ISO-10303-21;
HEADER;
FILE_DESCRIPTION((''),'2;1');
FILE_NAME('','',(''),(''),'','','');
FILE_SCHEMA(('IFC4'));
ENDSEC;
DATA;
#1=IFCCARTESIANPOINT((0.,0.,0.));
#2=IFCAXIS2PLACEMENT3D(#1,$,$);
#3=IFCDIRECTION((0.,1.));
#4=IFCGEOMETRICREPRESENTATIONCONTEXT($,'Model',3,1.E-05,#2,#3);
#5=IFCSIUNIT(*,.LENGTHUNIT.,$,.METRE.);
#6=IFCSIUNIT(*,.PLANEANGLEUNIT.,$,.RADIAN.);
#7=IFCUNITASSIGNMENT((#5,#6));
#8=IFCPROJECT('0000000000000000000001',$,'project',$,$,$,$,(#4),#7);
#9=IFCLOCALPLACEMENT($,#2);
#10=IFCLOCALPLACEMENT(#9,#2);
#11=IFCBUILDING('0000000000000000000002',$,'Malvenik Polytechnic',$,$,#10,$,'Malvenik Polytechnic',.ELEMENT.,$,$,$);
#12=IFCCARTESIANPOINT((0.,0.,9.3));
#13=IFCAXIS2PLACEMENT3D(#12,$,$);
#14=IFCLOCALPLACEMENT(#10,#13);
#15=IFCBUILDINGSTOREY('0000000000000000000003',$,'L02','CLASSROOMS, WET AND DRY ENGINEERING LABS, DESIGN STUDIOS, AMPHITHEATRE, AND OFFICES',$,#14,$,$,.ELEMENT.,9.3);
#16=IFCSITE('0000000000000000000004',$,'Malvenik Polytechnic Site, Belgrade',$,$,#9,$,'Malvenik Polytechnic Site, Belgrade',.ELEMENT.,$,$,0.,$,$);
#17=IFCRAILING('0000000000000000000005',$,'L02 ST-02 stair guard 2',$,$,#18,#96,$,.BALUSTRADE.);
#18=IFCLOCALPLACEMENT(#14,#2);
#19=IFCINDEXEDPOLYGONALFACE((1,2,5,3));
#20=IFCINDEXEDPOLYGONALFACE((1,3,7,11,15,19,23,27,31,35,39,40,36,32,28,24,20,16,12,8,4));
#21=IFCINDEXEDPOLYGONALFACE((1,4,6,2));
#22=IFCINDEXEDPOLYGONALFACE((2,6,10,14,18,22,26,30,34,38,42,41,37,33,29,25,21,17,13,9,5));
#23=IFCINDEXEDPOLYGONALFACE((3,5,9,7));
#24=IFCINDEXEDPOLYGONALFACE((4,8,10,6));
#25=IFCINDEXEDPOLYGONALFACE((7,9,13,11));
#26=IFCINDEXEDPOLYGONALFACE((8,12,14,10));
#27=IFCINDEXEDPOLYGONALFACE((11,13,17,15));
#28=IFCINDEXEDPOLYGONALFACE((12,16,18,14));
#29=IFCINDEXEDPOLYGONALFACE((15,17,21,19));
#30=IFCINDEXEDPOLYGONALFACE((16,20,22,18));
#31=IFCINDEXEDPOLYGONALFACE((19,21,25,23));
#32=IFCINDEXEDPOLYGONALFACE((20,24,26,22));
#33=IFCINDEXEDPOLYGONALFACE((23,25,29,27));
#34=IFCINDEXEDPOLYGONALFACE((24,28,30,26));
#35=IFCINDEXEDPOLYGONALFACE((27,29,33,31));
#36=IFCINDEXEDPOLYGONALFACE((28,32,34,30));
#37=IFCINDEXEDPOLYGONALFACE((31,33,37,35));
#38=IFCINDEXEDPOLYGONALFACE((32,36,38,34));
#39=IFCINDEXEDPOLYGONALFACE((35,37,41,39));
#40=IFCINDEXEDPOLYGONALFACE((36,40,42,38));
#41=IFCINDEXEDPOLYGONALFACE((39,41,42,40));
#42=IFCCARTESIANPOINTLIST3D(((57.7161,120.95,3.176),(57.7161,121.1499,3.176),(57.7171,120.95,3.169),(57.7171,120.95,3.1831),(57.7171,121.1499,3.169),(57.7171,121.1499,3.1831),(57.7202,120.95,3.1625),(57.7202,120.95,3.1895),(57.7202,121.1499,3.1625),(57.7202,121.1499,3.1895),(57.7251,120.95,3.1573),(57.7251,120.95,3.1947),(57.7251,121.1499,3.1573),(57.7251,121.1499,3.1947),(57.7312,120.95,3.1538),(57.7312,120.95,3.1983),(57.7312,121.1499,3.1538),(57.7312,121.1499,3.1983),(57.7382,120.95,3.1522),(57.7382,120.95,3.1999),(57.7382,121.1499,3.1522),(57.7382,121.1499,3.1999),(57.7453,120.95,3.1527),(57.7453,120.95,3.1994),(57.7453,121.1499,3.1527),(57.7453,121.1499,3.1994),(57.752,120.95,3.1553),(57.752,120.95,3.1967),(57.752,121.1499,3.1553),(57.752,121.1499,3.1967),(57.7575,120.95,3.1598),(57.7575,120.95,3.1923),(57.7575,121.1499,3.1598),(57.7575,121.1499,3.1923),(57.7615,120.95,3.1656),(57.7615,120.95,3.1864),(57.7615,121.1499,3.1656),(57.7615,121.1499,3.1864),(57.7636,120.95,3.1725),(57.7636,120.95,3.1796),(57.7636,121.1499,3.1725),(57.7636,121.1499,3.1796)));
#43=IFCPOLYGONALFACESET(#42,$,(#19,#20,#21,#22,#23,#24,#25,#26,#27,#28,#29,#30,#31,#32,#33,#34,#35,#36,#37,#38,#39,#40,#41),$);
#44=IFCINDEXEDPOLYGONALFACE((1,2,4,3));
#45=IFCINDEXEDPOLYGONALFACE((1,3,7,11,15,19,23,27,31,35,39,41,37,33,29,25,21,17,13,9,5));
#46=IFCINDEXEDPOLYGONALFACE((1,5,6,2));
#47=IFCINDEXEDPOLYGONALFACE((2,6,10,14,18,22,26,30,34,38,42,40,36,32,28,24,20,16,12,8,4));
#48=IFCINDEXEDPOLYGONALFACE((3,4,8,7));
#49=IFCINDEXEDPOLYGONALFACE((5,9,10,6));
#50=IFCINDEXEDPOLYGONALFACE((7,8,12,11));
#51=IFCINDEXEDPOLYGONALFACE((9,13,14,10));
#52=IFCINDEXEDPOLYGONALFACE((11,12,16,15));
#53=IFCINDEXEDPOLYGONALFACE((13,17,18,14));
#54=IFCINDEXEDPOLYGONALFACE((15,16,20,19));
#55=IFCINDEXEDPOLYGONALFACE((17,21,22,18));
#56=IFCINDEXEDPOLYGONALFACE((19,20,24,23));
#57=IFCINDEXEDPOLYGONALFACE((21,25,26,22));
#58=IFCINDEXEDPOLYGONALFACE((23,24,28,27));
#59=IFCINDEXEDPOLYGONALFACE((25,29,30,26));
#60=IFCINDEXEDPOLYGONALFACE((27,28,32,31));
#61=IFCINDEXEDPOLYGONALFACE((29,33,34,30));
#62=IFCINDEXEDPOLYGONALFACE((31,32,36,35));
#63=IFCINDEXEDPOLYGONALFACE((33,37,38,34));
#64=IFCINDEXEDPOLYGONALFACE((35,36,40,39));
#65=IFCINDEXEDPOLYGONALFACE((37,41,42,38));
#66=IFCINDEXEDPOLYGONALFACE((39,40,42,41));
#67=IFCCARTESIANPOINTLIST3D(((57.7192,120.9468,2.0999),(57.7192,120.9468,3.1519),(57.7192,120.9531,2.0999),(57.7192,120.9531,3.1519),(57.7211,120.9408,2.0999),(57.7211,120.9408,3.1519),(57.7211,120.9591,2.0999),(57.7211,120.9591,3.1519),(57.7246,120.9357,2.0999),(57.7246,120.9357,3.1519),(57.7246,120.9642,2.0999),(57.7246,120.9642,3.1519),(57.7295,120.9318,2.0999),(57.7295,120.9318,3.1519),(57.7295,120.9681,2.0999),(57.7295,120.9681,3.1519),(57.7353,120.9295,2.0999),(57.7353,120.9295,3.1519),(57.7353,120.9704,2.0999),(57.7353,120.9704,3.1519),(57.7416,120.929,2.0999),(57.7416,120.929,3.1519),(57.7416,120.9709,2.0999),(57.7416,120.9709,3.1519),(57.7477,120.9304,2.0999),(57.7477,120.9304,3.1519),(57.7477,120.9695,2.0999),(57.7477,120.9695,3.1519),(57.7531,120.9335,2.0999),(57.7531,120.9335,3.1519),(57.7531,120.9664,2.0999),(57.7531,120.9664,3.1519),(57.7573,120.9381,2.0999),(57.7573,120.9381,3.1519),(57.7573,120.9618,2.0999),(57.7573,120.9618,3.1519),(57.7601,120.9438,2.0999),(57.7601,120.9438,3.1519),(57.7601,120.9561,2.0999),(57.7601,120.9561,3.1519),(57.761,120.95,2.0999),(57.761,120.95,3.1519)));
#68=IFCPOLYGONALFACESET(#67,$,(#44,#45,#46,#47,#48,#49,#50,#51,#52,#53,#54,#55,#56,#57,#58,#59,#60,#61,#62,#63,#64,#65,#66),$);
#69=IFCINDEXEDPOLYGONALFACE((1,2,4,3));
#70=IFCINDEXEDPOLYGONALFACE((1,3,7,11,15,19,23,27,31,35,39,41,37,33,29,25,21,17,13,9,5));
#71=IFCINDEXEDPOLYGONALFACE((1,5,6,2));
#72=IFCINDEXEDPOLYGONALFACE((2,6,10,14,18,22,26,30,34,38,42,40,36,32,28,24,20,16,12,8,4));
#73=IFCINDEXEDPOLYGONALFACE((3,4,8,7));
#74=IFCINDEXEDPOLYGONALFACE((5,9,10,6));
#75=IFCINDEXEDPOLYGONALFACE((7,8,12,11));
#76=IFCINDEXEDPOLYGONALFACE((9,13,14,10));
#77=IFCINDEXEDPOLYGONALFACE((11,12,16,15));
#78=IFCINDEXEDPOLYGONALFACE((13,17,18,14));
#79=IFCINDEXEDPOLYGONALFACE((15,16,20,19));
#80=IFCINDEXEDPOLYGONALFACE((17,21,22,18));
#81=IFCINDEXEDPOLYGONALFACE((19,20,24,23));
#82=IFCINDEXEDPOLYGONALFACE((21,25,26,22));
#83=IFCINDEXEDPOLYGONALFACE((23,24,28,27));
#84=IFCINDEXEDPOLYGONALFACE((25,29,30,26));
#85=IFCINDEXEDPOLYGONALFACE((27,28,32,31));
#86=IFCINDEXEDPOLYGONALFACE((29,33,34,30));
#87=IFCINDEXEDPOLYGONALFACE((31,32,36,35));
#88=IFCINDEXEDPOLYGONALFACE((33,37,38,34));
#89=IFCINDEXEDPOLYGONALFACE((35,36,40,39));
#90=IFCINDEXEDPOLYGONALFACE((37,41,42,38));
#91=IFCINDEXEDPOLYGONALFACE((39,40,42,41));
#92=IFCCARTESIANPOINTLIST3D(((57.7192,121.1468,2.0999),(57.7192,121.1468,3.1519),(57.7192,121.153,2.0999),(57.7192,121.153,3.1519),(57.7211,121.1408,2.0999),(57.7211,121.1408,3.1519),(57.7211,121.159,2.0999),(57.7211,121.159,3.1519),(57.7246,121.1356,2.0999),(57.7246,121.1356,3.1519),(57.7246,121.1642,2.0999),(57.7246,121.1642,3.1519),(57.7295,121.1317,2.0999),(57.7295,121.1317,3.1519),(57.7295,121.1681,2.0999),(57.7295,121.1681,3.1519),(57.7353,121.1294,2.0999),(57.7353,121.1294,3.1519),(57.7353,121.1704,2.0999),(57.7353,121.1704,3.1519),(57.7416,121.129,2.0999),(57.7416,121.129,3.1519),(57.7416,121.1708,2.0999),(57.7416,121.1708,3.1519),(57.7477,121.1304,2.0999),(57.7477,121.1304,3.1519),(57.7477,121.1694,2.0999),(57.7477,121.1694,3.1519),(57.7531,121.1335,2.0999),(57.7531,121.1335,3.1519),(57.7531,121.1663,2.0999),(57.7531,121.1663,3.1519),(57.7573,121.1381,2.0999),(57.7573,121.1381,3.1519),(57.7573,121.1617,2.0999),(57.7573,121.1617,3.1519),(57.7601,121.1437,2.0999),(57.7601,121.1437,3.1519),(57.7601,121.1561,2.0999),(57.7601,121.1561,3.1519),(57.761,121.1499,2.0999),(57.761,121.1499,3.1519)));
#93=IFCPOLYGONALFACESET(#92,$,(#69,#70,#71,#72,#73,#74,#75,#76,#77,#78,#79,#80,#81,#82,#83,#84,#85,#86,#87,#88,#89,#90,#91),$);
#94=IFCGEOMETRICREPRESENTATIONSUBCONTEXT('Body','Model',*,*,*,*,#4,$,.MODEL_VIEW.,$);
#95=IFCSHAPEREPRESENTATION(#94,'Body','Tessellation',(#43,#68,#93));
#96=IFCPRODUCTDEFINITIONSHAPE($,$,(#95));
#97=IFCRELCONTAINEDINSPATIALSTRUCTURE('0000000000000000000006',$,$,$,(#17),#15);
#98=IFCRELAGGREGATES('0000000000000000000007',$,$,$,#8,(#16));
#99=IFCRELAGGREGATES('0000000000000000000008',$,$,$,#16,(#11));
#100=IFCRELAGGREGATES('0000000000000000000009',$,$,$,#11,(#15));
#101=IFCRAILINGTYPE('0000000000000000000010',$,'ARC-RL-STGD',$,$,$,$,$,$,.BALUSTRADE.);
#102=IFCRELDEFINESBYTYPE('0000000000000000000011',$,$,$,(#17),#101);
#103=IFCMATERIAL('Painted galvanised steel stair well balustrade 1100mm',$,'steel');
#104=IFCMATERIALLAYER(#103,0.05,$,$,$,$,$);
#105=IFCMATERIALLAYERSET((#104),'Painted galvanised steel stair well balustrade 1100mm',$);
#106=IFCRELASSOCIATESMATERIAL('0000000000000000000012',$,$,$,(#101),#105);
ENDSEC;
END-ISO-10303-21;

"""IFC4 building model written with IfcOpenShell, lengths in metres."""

from ifc_helpers import new_model, si_unit, direction, frame, origin, origin_2d, place, context, subcontext, project, spatial, circle, extrude, material, layer, layer_set, type_object, element, save


model = new_model("IFC4")

# Units and contexts
model_context = context("Model", 3, precision=1e-05, world=origin(), true_north=direction((0.0, 1.0)))
body_context = subcontext(model_context, "Body", "Model", "MODEL_VIEW")
ifc_project = project(units=[si_unit("LENGTHUNIT", "METRE"), si_unit("PLANEANGLEUNIT", "RADIAN")], contexts=[model_context])

# Site, building, storey
site_placement = place(None, origin())
site = spatial("IfcSite", under=ifc_project, at=site_placement, Name="Malvenik Polytechnic Site, Belgrade", LongName="Malvenik Polytechnic Site, Belgrade", CompositionType="ELEMENT", RefElevation=0.0)
building_placement = place(site_placement, origin())
building = spatial("IfcBuilding", under=site, at=building_placement, Name="Malvenik Polytechnic", LongName="Malvenik Polytechnic", CompositionType="ELEMENT")
storey_placement = place(building_placement, frame((0.0, 0.0, 9.3)))
storey = spatial("IfcBuildingStorey", under=building, at=storey_placement, Name="L02", Description="CLASSROOMS, WET AND DRY ENGINEERING LABS, DESIGN STUDIOS, AMPHITHEATRE, AND OFFICES", CompositionType="ELEMENT", Elevation=9.3)

# Railing
ifc_material_1 = material(Name="Painted galvanised steel stair well balustrade 1100mm", Category="steel")
ifc_layer_1 = layer(ifc_material_1, 0.05)
ifc_layer_set_1 = layer_set([ifc_layer_1], Name="Painted galvanised steel stair well balustrade 1100mm")
railing_type_1 = type_object("IfcRailingType", Name="ARC-RL-STGD", PredefinedType="BALUSTRADE", material=ifc_layer_set_1)
railing_1_placement = place(storey_placement, frame((57.74, 120.95, 2.0999)))
element("IfcRailing", 1, at=railing_1_placement, inside=storey, type_object=railing_type_1, Name="L02 ST-02 stair guard 2", PredefinedType="BALUSTRADE", context=body_context, shape_type="SweptSolid", body=[
    extrude(circle(Radius=0.0239, at=origin_2d()), frame((0.0, 0.0, 1.0762), z_axis=(0.0, 1.0, 0.0), x_axis=(-1.0, 0.0, 0.0)), (0.0, 0.0, 1.0), 0.2),
    extrude(circle(Radius=0.021, at=origin_2d()), origin(), (0.0, 0.0, 1.0), 1.052),
    extrude(circle(Radius=0.021, at=origin_2d()), frame((0.0, 0.2, 0.0)), (0.0, 0.0, 1.0), 1.052),
])

save(model, "model.ifc")
